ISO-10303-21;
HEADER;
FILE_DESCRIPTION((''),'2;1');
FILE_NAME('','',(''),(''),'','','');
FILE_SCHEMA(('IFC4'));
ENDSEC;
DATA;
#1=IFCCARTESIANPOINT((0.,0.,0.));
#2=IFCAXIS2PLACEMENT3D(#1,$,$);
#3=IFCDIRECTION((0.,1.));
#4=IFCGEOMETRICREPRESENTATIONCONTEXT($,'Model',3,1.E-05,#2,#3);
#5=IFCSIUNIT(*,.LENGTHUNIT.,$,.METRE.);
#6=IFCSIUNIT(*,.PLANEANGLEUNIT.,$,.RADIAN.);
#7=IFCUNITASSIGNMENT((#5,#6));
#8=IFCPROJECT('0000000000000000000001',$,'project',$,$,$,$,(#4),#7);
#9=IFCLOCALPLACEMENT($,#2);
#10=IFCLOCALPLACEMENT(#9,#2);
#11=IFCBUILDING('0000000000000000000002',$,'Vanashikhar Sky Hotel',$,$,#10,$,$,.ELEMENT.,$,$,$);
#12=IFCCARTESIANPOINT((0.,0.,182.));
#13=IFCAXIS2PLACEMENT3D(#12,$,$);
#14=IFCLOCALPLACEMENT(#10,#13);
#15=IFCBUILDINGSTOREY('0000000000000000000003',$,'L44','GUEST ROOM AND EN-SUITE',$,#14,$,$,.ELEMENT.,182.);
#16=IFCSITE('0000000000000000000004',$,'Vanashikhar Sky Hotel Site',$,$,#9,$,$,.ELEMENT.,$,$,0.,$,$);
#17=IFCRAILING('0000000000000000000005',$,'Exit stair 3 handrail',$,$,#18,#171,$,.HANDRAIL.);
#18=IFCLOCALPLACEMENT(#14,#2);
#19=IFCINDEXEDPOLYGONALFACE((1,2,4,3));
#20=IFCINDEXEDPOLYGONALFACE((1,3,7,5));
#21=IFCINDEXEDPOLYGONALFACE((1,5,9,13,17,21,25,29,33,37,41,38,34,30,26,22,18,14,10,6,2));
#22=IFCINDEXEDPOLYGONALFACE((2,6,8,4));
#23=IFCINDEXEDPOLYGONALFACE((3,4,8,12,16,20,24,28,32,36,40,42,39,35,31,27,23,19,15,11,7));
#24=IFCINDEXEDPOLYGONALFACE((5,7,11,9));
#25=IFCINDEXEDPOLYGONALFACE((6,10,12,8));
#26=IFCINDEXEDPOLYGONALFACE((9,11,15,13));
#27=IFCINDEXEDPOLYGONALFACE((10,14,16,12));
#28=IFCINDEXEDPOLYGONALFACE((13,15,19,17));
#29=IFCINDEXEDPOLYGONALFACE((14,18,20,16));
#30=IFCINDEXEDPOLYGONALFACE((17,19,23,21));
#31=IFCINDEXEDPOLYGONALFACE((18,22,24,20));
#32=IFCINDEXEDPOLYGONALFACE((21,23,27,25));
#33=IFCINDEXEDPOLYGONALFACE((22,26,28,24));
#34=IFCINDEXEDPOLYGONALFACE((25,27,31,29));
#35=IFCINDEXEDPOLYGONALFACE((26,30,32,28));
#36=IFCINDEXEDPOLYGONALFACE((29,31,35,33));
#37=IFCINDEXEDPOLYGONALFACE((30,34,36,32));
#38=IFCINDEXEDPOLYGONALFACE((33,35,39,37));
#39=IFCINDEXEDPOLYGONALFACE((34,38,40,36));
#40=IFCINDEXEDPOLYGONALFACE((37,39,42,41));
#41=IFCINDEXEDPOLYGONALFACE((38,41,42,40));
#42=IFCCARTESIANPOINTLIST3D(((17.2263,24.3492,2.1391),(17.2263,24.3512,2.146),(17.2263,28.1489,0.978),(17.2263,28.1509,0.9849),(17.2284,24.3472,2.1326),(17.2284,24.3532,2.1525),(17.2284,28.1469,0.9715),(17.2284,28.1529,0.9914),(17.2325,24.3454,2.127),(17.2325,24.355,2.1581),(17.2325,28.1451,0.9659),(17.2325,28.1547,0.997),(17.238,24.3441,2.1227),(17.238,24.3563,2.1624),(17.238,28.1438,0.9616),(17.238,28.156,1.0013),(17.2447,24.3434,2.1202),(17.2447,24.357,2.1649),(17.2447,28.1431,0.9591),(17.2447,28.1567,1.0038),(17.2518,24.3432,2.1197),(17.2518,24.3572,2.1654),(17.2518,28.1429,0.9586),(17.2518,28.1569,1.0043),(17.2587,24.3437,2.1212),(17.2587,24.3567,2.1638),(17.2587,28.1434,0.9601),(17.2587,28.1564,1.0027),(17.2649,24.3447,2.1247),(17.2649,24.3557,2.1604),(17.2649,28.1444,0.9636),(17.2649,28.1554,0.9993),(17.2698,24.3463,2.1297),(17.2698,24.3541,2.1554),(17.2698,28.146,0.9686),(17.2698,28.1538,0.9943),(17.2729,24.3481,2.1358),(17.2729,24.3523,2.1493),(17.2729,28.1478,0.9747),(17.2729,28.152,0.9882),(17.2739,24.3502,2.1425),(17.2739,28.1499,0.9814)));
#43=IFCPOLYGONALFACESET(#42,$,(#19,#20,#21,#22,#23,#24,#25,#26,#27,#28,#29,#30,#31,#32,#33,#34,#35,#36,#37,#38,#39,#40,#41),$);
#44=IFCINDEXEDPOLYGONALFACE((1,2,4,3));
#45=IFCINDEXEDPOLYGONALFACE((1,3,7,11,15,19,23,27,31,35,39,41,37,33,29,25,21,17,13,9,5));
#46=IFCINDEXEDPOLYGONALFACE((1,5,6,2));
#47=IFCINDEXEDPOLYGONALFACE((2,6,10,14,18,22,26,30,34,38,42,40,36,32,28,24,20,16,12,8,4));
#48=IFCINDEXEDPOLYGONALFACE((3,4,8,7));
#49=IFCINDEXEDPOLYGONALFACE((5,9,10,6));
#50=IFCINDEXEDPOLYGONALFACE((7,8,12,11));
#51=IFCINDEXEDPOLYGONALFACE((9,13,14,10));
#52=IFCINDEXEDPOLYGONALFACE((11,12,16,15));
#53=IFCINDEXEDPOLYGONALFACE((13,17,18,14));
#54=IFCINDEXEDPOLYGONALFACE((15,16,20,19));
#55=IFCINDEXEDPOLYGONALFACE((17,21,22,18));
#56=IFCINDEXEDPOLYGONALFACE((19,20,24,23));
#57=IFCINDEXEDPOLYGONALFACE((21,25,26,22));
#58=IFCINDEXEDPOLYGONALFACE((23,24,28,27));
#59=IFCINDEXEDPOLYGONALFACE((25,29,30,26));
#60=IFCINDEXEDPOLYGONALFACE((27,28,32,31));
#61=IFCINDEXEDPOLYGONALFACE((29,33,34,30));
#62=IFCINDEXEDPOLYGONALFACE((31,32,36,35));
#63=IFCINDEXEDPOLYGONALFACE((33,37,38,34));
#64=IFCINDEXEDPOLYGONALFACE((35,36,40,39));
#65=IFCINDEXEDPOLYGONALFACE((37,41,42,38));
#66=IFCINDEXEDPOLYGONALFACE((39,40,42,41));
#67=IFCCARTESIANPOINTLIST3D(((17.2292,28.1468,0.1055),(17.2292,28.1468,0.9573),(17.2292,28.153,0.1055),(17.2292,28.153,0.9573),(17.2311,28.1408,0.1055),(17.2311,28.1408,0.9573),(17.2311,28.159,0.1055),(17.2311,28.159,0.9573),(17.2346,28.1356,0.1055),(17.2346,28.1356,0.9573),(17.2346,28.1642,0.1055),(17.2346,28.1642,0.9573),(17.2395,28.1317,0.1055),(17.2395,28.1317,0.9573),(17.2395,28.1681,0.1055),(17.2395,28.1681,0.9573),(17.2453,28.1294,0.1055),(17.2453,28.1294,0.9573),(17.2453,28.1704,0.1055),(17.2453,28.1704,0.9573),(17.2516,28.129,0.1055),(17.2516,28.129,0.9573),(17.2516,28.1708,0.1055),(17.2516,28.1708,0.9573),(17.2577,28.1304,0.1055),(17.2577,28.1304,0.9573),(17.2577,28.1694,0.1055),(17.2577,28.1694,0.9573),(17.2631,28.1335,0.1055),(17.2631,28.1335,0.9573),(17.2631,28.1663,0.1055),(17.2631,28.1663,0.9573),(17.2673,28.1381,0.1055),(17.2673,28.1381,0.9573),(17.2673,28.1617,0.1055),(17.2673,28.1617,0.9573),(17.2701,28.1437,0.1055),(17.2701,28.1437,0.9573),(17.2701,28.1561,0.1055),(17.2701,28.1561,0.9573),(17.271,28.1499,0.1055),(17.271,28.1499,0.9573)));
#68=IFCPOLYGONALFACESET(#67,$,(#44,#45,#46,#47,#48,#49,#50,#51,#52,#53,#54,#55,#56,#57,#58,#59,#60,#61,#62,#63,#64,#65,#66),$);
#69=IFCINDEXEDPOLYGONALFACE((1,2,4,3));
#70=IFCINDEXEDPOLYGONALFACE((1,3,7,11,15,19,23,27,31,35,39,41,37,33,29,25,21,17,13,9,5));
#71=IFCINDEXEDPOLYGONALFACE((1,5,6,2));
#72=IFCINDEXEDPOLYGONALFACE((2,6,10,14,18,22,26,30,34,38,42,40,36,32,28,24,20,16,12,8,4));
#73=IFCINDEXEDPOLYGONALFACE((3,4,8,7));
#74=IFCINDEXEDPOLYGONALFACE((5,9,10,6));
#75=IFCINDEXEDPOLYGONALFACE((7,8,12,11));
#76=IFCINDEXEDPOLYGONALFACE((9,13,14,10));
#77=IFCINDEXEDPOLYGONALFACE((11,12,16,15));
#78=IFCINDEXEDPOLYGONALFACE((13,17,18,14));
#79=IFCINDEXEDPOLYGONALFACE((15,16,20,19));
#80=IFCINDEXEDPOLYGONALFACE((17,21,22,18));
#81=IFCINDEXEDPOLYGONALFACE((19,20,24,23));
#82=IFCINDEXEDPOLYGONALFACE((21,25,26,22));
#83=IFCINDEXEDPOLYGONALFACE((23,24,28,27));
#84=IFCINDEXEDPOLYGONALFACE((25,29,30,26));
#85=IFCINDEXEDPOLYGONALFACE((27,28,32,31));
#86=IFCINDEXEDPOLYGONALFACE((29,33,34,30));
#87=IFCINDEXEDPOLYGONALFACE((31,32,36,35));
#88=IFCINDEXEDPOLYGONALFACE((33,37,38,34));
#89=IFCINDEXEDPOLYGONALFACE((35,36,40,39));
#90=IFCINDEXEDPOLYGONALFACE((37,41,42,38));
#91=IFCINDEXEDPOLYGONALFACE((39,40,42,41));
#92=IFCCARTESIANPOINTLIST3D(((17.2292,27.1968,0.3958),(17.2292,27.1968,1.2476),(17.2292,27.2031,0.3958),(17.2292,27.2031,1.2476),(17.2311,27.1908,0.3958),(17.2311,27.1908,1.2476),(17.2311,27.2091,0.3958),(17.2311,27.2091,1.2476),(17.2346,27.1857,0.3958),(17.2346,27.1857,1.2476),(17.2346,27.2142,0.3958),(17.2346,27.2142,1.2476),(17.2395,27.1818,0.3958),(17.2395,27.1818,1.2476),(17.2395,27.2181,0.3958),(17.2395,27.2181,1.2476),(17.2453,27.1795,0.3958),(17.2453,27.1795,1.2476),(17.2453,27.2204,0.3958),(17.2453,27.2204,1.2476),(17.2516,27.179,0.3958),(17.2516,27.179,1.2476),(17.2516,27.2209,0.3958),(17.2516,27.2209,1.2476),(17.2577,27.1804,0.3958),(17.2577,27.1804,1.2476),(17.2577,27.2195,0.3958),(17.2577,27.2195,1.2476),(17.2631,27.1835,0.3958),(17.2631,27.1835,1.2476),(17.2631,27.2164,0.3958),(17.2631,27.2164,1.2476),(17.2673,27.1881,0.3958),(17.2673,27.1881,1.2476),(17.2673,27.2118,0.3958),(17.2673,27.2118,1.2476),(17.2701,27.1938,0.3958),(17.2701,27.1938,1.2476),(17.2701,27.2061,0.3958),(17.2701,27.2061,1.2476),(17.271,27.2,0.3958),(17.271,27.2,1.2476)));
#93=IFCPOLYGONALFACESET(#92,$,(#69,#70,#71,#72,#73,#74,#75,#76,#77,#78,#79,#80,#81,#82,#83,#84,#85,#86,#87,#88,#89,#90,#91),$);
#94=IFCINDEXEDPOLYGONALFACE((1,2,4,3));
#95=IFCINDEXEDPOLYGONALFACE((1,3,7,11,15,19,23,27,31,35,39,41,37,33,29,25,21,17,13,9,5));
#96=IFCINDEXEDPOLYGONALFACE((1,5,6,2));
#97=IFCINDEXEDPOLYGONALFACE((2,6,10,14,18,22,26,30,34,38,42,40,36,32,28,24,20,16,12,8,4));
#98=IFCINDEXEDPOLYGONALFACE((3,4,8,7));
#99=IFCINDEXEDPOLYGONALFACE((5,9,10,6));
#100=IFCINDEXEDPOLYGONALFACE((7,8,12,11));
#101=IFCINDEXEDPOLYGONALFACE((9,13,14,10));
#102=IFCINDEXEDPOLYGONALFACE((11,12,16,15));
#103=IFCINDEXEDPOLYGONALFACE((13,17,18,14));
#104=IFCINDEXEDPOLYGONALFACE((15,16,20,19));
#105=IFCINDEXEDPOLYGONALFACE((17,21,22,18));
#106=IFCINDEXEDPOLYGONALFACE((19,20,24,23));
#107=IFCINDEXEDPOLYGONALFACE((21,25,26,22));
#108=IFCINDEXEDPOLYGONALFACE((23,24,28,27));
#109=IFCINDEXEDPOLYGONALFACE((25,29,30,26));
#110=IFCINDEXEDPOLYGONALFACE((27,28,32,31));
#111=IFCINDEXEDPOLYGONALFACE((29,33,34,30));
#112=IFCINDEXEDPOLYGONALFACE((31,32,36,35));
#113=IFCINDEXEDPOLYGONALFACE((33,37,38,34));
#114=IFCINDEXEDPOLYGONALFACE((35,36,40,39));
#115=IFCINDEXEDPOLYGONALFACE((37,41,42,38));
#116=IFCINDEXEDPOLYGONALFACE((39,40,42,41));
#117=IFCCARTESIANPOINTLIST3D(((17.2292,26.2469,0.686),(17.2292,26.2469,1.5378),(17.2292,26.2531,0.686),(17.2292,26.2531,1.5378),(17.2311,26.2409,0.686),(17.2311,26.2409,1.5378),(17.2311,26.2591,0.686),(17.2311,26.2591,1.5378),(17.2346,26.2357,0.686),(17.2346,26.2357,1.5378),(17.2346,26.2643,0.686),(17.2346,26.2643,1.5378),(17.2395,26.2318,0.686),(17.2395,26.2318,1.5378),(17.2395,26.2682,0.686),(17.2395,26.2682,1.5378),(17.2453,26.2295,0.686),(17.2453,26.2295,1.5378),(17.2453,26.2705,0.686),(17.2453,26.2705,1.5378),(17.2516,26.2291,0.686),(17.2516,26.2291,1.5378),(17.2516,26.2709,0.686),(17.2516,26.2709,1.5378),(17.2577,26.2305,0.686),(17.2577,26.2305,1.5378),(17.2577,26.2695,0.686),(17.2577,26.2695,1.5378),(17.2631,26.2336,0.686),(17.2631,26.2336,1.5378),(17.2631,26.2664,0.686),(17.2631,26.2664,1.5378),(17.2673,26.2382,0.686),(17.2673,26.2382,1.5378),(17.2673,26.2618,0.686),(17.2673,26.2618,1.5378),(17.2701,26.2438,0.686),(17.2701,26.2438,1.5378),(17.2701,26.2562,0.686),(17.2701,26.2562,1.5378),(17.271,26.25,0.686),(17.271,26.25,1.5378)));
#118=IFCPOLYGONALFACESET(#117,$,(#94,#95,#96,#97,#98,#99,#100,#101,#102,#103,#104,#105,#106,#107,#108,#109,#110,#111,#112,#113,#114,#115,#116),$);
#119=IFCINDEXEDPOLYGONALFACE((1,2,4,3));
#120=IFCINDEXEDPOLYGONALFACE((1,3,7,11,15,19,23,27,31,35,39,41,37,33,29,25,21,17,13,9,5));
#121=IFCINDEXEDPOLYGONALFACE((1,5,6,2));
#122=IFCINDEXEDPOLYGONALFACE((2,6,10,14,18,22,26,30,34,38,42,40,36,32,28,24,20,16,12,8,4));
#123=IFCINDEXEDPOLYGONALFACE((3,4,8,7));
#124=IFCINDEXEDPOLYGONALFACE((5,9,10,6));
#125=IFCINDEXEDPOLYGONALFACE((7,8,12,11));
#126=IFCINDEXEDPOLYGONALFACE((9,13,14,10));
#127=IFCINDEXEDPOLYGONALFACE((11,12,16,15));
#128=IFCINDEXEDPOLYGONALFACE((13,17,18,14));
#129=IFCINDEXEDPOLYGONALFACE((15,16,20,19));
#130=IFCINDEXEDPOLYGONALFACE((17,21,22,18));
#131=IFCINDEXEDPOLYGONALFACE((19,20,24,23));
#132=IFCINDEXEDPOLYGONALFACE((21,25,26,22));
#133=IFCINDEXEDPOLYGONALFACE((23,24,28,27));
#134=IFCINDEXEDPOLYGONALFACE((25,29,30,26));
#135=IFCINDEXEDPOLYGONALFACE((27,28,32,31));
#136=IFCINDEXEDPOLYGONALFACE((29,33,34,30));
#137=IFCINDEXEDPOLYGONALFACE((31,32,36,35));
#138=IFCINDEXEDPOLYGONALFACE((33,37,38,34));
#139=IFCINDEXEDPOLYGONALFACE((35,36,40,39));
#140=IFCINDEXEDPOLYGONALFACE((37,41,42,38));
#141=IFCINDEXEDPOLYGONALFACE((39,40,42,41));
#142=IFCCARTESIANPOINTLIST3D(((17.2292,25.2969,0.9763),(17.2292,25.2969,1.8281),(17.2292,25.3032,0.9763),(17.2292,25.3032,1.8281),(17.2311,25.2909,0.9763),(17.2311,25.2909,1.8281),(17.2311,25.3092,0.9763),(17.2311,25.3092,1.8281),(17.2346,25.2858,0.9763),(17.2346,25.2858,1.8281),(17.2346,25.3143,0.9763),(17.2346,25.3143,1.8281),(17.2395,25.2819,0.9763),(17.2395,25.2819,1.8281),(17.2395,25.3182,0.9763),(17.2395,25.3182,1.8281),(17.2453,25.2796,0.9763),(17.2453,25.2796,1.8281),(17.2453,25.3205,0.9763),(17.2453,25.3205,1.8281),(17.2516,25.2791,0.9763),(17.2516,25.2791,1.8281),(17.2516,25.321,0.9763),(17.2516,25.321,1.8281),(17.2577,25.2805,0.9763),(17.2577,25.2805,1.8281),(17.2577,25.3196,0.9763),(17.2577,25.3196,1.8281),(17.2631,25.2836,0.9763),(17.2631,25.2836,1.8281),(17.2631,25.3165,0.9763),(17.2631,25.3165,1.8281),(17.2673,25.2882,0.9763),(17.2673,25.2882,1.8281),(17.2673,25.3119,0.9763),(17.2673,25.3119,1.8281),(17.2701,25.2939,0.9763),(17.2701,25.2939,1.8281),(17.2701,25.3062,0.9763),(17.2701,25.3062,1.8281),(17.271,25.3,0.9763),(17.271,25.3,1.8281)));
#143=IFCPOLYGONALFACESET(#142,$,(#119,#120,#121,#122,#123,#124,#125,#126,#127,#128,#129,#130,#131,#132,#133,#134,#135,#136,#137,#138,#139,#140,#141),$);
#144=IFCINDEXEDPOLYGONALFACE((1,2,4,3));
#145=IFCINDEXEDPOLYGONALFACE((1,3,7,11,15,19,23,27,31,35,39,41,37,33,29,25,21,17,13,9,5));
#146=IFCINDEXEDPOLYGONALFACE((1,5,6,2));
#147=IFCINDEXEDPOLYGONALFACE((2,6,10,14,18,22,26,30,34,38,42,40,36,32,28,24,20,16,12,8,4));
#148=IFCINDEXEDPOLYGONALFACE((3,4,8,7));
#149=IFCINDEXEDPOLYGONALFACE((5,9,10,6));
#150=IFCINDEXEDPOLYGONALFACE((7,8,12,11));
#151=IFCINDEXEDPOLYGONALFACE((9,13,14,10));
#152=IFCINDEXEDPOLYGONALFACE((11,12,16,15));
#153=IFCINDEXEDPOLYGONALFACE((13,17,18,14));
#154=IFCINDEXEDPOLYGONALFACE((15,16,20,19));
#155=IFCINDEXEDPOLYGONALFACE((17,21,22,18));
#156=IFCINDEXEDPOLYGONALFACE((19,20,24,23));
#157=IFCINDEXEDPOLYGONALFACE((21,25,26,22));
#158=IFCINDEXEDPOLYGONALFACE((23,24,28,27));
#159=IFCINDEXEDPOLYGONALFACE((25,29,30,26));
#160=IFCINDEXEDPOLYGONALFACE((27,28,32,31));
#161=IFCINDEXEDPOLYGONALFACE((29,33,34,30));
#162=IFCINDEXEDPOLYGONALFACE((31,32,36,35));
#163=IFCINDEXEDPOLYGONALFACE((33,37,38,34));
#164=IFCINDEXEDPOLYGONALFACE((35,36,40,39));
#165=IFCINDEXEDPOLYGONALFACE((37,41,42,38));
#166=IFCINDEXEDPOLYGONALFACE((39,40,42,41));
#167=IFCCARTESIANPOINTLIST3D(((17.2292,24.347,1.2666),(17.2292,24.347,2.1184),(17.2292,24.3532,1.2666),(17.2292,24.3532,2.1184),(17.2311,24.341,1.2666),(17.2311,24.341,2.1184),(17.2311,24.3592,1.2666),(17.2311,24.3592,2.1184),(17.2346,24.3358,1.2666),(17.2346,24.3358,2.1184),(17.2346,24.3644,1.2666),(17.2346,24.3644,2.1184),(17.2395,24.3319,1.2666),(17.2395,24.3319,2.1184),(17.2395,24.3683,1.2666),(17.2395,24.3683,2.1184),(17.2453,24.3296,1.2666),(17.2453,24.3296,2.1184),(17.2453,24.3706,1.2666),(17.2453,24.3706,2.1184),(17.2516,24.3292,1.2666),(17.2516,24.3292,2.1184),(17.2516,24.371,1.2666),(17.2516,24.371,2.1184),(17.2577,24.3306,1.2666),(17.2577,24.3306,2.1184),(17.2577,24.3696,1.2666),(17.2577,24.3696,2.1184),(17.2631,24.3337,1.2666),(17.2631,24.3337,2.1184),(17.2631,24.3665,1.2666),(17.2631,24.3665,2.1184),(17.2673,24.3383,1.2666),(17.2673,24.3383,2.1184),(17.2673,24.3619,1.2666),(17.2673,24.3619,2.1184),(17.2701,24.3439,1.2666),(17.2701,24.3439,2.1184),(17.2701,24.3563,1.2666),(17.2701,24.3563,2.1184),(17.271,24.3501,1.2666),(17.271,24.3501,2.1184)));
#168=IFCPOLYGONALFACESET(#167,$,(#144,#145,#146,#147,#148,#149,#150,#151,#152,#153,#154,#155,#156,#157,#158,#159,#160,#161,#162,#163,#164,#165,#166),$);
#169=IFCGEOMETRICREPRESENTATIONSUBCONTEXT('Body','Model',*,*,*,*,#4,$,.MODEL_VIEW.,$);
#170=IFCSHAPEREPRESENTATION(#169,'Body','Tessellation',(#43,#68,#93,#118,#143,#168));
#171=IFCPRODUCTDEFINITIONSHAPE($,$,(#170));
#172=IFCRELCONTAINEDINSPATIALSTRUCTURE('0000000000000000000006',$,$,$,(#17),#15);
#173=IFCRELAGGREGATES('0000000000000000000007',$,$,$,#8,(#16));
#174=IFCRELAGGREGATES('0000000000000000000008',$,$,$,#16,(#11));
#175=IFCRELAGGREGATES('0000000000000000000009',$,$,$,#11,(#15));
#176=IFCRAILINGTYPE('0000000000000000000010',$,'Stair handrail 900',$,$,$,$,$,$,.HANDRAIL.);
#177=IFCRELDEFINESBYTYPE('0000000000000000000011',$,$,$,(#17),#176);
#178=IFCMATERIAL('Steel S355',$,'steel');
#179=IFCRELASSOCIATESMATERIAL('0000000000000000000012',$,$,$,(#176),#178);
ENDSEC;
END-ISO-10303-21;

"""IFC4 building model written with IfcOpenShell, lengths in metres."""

from ifc_helpers import new_model, si_unit, direction, frame, origin, origin_2d, place, context, subcontext, project, spatial, circle, extrude, source, transform, mapped, material, type_object, element, save


model = new_model("IFC4")

# Units and contexts
model_context = context("Model", 3, precision=1e-05, world=origin(), true_north=direction((0.0, 1.0)))
body_context = subcontext(model_context, "Body", "Model", "MODEL_VIEW")
ifc_project = project(units=[si_unit("LENGTHUNIT", "METRE"), si_unit("PLANEANGLEUNIT", "RADIAN")], contexts=[model_context])

# Site, building, storey
site_placement = place(None, origin())
site = spatial("IfcSite", under=ifc_project, at=site_placement, Name="Vanashikhar Sky Hotel Site", CompositionType="ELEMENT", RefElevation=0.0)
building_placement = place(site_placement, origin())
building = spatial("IfcBuilding", under=site, at=building_placement, Name="Vanashikhar Sky Hotel", CompositionType="ELEMENT")
storey_placement = place(building_placement, frame((0.0, 0.0, 182.0)))
storey = spatial("IfcBuildingStorey", under=building, at=storey_placement, Name="L44", Description="GUEST ROOM AND EN-SUITE", CompositionType="ELEMENT", Elevation=182.0)

# Railing
ifc_material_1 = material(Name="Steel S355", Category="steel")
railing_type_1 = type_object("IfcRailingType", Name="Stair handrail 900", PredefinedType="HANDRAIL", material=ifc_material_1)
shared_shape_1 = source(origin(), body_context, "Body", "SweptSolid", [
    extrude(circle(Radius=0.0239, at=origin_2d()), frame((0.0, 0.0, 0.876), z_axis=(0.0, -0.956346, 0.292237), x_axis=(1.0, 0.0, 0.0)), (0.0, 0.0, 1.0), 3.9731),
    extrude(circle(Radius=0.021, at=origin_2d()), origin(), (0.0, 0.0, 1.0), 0.8518),
    extrude(circle(Radius=0.021, at=origin_2d()), frame((0.0, -0.95, 0.2903)), (0.0, 0.0, 1.0), 0.8518),
    extrude(circle(Radius=0.021, at=origin_2d()), frame((0.0, -1.8999, 0.5806)), (0.0, 0.0, 1.0), 0.8518),
    extrude(circle(Radius=0.021, at=origin_2d()), frame((0.0, -2.8499, 0.8708)), (0.0, 0.0, 1.0), 0.8518),
    extrude(circle(Radius=0.021, at=origin_2d()), frame((0.0, -3.7998, 1.1611)), (0.0, 0.0, 1.0), 0.8518),
])
for number, where, name in (
    (1, (17.25, 28.1499, 0.1055), "Exit stair 3 handrail"),
):
    element("IfcRailing", number, at=place(storey_placement, frame(where)), inside=storey, type_object=railing_type_1, Name=name, PredefinedType="HANDRAIL", context=body_context, shape_type="MappedRepresentation", body=[
        mapped(shared_shape_1, transform((0.0, 0.0, 0.0), scale=1.0)),
    ])

save(model, "model.ifc")
